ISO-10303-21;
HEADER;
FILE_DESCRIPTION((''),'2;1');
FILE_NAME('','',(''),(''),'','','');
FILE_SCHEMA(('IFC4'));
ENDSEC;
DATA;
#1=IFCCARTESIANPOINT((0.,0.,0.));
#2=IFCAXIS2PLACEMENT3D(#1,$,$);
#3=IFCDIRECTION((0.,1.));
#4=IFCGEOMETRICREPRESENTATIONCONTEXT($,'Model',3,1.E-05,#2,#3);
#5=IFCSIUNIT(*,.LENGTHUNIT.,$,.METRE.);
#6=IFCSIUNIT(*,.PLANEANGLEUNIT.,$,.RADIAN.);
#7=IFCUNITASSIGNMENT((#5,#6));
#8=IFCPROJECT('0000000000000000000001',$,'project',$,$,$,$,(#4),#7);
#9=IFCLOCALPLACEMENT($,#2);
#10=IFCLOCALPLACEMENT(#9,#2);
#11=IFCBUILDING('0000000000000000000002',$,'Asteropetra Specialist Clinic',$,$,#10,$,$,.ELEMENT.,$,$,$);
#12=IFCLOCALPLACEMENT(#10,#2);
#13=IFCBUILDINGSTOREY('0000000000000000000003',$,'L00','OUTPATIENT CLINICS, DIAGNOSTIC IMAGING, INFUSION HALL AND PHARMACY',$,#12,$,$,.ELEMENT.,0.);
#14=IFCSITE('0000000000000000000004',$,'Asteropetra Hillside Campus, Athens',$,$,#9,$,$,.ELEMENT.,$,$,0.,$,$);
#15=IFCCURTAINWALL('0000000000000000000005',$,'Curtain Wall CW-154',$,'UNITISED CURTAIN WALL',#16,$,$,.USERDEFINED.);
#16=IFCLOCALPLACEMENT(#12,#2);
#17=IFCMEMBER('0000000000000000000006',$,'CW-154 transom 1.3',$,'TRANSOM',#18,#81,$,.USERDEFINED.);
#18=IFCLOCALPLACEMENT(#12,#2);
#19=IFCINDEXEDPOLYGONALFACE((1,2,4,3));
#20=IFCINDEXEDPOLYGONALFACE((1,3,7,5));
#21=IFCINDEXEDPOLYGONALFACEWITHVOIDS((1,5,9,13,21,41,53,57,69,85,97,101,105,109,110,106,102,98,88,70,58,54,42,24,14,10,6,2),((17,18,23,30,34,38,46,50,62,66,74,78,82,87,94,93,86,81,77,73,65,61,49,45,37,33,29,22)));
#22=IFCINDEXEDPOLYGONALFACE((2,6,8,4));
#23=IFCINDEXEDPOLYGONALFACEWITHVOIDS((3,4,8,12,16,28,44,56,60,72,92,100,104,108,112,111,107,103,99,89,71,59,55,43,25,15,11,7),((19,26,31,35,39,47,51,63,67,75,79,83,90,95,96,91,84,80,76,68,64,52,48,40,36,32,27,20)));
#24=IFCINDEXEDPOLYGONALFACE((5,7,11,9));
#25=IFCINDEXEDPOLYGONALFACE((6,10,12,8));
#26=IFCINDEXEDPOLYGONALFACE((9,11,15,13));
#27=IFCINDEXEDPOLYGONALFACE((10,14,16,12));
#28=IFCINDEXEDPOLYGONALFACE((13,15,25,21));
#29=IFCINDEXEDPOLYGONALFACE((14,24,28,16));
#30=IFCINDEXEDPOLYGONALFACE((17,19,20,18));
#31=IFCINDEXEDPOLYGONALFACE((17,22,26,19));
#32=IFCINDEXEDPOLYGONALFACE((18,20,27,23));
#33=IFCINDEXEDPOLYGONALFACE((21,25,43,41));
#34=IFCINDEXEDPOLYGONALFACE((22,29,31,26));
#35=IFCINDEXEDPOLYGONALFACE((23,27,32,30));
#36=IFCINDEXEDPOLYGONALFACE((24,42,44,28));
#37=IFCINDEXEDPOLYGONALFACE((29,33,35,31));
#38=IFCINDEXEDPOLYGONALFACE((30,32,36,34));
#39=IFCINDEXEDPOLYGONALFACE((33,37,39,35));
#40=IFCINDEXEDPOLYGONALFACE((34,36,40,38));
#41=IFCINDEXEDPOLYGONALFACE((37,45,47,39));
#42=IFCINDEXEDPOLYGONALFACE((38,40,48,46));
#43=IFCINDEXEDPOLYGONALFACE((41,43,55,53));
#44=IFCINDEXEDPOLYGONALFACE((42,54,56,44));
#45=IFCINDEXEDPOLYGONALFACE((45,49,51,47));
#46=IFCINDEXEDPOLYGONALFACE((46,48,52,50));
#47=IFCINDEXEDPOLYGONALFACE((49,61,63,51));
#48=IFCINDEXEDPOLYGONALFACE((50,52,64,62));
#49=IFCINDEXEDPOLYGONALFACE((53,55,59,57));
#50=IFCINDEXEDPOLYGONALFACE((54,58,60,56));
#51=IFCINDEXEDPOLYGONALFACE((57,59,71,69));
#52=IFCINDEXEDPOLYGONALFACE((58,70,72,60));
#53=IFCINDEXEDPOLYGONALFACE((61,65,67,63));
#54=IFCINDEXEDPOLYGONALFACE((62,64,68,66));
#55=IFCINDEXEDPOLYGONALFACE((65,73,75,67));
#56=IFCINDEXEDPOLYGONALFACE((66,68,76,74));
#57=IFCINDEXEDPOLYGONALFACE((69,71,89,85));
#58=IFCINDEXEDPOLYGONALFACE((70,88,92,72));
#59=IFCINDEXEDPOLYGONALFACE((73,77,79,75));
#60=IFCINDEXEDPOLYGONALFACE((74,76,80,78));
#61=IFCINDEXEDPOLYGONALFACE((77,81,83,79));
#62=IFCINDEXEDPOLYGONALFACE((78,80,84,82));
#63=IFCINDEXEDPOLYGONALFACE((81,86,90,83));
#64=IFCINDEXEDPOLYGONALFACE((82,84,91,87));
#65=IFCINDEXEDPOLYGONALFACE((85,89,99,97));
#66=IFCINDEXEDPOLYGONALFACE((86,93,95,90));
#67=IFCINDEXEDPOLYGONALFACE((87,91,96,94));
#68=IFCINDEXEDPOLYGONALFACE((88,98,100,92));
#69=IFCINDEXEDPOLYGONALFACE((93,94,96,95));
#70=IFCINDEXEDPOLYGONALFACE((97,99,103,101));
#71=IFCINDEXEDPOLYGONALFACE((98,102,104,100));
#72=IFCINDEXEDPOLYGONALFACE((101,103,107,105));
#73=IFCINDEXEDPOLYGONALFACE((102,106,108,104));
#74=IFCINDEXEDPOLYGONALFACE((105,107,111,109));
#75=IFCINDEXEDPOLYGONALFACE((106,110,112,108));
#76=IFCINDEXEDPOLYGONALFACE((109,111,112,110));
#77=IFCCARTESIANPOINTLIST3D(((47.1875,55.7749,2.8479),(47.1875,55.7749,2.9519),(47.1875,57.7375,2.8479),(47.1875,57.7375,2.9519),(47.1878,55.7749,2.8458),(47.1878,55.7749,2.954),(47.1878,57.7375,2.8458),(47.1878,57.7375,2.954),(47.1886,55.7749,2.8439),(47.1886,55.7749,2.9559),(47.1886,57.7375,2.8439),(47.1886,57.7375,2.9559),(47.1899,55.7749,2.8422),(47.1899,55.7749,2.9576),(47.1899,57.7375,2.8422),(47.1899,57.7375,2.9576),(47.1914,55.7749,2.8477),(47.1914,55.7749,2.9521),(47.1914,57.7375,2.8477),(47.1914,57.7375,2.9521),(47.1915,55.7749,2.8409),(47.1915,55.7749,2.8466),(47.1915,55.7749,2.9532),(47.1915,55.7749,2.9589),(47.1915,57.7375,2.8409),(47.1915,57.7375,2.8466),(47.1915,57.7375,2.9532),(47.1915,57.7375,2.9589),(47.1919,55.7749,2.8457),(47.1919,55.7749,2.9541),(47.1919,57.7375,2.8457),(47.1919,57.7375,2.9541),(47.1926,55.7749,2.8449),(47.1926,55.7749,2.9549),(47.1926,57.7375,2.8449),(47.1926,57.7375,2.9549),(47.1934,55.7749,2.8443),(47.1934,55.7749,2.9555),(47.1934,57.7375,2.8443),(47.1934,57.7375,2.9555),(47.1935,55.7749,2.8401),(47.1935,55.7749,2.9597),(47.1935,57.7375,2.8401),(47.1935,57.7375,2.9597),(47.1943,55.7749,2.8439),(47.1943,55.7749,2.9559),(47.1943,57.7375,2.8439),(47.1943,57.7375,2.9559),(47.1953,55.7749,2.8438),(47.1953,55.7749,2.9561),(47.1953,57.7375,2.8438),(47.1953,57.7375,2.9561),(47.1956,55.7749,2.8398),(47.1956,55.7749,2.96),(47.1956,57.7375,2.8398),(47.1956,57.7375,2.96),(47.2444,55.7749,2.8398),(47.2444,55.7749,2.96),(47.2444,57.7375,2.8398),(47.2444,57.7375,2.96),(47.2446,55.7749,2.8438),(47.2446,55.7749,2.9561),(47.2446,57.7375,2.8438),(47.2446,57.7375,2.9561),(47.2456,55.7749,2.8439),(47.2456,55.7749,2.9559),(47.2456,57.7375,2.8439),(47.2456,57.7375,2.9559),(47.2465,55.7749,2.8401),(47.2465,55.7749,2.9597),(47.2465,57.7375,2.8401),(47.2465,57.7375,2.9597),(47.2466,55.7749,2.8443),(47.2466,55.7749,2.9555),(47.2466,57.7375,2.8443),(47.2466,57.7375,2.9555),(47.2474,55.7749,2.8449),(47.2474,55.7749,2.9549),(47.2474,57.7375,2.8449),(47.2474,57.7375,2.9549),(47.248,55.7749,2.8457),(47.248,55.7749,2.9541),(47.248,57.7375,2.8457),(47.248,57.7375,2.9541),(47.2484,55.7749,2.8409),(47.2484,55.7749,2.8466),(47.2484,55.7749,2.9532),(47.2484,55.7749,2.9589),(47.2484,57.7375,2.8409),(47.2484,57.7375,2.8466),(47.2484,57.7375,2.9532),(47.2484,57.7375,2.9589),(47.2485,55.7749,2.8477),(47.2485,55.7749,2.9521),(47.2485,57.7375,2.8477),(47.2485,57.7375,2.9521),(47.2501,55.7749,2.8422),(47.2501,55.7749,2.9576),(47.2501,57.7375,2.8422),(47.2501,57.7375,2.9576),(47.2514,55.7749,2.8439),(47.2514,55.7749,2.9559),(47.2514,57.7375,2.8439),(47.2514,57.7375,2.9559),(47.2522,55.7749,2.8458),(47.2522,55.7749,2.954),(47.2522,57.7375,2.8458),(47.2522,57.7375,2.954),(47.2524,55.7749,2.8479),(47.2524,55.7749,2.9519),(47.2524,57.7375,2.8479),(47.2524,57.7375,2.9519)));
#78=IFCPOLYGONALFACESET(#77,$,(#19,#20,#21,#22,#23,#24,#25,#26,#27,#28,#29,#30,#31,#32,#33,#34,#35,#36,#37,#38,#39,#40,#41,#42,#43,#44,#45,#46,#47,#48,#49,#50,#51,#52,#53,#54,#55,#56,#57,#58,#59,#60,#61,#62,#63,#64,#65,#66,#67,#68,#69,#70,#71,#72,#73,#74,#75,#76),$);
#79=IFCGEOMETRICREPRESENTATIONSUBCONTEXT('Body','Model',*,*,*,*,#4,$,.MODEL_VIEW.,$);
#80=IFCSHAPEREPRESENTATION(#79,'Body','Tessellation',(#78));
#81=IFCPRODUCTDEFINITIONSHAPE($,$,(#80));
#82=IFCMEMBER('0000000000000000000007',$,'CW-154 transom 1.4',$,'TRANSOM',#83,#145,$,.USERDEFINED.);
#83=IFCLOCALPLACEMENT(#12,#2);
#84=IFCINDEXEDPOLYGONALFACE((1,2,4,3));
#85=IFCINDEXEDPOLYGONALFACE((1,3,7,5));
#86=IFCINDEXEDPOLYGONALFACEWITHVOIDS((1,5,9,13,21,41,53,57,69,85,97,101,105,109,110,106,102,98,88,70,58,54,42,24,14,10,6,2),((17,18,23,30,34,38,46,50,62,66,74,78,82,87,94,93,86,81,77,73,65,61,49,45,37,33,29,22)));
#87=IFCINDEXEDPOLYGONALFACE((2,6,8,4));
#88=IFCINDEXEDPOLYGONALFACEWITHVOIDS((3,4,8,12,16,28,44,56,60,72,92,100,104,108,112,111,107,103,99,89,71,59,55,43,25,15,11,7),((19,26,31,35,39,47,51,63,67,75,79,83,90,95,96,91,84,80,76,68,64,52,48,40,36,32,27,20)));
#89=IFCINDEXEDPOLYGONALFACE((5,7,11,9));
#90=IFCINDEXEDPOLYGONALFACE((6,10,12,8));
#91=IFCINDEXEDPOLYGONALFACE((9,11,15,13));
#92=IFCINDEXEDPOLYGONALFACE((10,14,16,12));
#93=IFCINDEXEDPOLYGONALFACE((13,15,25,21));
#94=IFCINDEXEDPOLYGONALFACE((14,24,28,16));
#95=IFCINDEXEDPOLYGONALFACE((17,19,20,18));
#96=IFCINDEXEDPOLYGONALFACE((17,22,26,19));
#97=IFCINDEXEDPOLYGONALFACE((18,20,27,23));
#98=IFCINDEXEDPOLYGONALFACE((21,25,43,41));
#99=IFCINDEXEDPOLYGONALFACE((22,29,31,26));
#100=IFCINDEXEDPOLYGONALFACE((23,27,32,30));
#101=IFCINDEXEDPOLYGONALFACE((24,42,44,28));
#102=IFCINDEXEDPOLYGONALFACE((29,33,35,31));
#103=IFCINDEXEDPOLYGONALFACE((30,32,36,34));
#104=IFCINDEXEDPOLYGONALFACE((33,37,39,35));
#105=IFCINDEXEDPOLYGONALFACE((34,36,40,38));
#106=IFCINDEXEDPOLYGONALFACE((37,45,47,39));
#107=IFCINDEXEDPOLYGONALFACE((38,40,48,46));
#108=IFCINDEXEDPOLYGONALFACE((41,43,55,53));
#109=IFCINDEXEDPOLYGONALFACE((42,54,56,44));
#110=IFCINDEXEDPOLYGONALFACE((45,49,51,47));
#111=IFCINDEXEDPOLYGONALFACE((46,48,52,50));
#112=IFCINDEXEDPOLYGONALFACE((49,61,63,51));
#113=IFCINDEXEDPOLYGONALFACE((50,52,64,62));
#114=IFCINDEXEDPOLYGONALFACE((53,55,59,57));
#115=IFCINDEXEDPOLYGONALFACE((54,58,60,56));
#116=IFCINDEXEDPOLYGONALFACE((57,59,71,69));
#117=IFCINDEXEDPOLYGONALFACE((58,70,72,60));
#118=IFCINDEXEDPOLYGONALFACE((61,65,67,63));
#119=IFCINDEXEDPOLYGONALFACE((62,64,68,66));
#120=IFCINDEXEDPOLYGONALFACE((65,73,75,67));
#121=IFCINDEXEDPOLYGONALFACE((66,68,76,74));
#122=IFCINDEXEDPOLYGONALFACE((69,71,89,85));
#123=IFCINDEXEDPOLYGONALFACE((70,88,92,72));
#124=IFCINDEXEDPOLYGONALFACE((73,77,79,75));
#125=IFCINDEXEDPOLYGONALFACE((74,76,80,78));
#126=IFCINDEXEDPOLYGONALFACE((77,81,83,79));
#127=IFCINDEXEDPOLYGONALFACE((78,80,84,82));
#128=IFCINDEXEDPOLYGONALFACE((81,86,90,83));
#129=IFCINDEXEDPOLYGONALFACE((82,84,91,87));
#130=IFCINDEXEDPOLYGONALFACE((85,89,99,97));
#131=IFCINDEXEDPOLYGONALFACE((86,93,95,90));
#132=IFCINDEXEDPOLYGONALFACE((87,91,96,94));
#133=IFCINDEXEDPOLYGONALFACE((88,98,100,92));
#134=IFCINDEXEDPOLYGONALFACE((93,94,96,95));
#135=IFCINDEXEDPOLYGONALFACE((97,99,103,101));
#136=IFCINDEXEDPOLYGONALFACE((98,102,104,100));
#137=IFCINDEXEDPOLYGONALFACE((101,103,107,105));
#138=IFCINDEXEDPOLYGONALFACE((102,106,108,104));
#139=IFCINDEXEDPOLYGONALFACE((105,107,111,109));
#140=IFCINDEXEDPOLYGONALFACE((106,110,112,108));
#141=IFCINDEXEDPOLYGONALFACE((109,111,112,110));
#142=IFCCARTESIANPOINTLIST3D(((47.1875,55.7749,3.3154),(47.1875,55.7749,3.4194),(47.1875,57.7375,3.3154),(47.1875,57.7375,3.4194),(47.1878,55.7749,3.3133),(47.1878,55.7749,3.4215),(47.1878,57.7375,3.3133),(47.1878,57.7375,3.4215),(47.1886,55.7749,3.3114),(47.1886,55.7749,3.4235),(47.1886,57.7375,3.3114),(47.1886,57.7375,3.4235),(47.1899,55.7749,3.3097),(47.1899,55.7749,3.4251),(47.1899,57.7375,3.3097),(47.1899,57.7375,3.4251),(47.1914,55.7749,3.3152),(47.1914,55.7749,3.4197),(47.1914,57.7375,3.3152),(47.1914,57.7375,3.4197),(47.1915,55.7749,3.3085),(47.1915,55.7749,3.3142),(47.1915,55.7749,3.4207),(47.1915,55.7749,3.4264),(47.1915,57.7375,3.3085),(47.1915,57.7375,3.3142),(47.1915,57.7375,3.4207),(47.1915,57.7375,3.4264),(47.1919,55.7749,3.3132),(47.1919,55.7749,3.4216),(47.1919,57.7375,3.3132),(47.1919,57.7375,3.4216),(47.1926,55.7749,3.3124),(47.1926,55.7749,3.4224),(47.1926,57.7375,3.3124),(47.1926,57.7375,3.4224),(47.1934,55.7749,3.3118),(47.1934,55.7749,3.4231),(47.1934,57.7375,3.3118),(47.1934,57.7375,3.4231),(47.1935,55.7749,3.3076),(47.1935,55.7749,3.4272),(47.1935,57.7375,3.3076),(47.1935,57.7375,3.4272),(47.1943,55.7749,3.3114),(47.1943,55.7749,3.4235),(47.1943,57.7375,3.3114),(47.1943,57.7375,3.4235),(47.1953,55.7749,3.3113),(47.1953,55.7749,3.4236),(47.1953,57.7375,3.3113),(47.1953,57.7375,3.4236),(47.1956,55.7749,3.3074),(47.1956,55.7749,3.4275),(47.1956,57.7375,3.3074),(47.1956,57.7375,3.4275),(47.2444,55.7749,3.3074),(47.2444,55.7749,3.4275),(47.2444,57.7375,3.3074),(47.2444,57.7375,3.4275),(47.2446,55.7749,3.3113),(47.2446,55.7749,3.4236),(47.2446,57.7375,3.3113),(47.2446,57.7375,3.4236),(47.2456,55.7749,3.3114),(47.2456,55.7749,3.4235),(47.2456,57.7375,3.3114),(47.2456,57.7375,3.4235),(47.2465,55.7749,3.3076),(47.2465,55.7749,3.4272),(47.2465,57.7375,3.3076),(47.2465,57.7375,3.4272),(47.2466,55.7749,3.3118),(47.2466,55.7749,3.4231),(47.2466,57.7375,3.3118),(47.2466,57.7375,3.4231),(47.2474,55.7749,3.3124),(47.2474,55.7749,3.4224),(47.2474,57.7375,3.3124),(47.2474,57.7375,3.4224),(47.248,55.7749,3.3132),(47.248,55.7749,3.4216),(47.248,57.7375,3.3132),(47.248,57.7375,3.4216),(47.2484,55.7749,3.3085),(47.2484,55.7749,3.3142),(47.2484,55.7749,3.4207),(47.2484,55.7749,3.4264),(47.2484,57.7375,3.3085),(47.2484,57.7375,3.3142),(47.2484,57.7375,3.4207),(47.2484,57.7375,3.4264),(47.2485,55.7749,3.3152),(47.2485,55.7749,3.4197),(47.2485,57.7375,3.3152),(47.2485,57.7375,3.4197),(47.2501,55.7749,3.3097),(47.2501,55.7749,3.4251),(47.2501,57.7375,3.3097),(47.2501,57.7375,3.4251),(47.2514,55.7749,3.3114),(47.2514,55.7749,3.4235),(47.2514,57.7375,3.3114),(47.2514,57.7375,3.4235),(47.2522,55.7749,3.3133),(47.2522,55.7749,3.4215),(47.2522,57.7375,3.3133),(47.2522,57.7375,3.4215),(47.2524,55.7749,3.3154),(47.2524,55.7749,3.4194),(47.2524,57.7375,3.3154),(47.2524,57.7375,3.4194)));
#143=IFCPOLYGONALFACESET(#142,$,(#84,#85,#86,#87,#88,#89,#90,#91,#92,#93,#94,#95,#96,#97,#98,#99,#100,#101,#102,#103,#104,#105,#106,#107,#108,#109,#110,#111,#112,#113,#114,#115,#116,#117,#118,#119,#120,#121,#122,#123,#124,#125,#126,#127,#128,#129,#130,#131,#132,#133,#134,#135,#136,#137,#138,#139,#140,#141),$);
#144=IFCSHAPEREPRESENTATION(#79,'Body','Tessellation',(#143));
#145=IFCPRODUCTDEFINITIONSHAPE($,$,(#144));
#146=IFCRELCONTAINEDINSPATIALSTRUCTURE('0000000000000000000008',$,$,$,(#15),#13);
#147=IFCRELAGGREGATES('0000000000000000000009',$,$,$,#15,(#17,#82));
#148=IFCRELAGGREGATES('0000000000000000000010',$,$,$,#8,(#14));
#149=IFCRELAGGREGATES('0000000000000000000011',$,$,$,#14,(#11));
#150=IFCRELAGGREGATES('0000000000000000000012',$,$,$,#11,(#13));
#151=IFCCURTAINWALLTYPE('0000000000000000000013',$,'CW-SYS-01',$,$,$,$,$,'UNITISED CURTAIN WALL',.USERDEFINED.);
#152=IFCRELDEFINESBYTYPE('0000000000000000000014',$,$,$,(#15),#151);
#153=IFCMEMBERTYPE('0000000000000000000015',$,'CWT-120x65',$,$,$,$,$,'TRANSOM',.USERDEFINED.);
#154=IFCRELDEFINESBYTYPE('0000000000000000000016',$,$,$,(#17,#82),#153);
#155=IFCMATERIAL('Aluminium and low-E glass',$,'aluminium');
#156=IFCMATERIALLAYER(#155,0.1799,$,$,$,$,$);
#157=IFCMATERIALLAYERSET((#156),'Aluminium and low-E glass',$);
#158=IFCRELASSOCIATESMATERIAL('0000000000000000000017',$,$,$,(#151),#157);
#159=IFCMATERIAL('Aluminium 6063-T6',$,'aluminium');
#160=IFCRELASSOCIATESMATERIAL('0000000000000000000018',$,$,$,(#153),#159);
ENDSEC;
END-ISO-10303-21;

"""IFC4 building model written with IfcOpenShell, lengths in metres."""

from ifc_helpers import new_model, si_unit, direction, frame, origin, origin_2d, place, context, subcontext, project, spatial, hollow_rectangle, extrude, material, layer, layer_set, material_profile, profile_set, type_object, element, aggregate, save


model = new_model("IFC4")

# Units and contexts
model_context = context("Model", 3, precision=1e-05, world=origin(), true_north=direction((0.0, 1.0)))
body_context = subcontext(model_context, "Body", "Model", "MODEL_VIEW")
ifc_project = project(units=[si_unit("LENGTHUNIT", "METRE"), si_unit("PLANEANGLEUNIT", "RADIAN")], contexts=[model_context])

# Site, building, storey
site_placement = place(None, origin())
site = spatial("IfcSite", under=ifc_project, at=site_placement, Name="Asteropetra Hillside Campus, Athens", CompositionType="ELEMENT", RefElevation=0.0)
building_placement = place(site_placement, origin())
building = spatial("IfcBuilding", under=site, at=building_placement, Name="Asteropetra Specialist Clinic", CompositionType="ELEMENT")
storey_placement = place(building_placement, origin())
storey = spatial("IfcBuildingStorey", under=building, at=storey_placement, Name="L00", Description="OUTPATIENT CLINICS, DIAGNOSTIC IMAGING, INFUSION HALL AND PHARMACY", CompositionType="ELEMENT", Elevation=0.0)

# Curtain wall, members
ifc_material_1 = material(Name="Aluminium and low-E glass", Category="aluminium")
ifc_layer_1 = layer(ifc_material_1, 0.1799)
ifc_layer_set_1 = layer_set([ifc_layer_1], Name="Aluminium and low-E glass")
curtain_wall_type = type_object("IfcCurtainWallType", Name="CW-SYS-01", ElementType="UNITISED CURTAIN WALL", PredefinedType="USERDEFINED", material=ifc_layer_set_1)
curtain_wall_placement = place(storey_placement, origin())
curtain_wall = element("IfcCurtainWall", 1, at=curtain_wall_placement, inside=storey, type_object=curtain_wall_type, Name="Curtain Wall CW-154", ObjectType="UNITISED CURTAIN WALL", PredefinedType="USERDEFINED")
ifc_material_2 = material(Name="Aluminium 6063-T6", Category="aluminium")
ifc_material_profile_1 = material_profile(ifc_material_2, hollow_rectangle(XDim=0.0649, YDim=0.1201, WallThickness=0.0039, InnerFilletRadius=0.0039, OuterFilletRadius=0.0081, at=origin_2d()), Name="TRN 120x65x4.0")
ifc_profile_set_1 = profile_set([ifc_material_profile_1], Name="Aluminium 6063-T6")
member_type_1 = type_object("IfcMemberType", Name="CWT-120x65", ElementType="TRANSOM", PredefinedType="USERDEFINED", material=ifc_profile_set_1)
member_1_placement = place(storey_placement, frame((47.22, 55.7749, 2.8999), z_axis=(0.0, 1.0, 0.0), x_axis=(-1.0, 0.0, 0.0)))
member_1 = element("IfcMember", 2, at=member_1_placement, type_object=member_type_1, Name="CW-154 transom 1.3", ObjectType="TRANSOM", PredefinedType="USERDEFINED", context=body_context, shape_type="SweptSolid", body=[
    extrude(hollow_rectangle(XDim=0.0649, YDim=0.1201, WallThickness=0.0039, InnerFilletRadius=0.0039, OuterFilletRadius=0.0081, at=origin_2d()), origin(), (0.0, 0.0, 1.0), 1.9626),
])
member_2_placement = place(storey_placement, frame((47.22, 55.7749, 3.3674), z_axis=(0.0, 1.0, 0.0), x_axis=(-1.0, 0.0, 0.0)))
member_2 = element("IfcMember", 3, at=member_2_placement, type_object=member_type_1, Name="CW-154 transom 1.4", ObjectType="TRANSOM", PredefinedType="USERDEFINED", context=body_context, shape_type="SweptSolid", body=[
    extrude(hollow_rectangle(XDim=0.0649, YDim=0.1201, WallThickness=0.0039, InnerFilletRadius=0.0039, OuterFilletRadius=0.0081, at=origin_2d()), origin(), (0.0, 0.0, 1.0), 1.9626),
])

aggregate(curtain_wall, [member_1, member_2])

save(model, "model.ifc")
